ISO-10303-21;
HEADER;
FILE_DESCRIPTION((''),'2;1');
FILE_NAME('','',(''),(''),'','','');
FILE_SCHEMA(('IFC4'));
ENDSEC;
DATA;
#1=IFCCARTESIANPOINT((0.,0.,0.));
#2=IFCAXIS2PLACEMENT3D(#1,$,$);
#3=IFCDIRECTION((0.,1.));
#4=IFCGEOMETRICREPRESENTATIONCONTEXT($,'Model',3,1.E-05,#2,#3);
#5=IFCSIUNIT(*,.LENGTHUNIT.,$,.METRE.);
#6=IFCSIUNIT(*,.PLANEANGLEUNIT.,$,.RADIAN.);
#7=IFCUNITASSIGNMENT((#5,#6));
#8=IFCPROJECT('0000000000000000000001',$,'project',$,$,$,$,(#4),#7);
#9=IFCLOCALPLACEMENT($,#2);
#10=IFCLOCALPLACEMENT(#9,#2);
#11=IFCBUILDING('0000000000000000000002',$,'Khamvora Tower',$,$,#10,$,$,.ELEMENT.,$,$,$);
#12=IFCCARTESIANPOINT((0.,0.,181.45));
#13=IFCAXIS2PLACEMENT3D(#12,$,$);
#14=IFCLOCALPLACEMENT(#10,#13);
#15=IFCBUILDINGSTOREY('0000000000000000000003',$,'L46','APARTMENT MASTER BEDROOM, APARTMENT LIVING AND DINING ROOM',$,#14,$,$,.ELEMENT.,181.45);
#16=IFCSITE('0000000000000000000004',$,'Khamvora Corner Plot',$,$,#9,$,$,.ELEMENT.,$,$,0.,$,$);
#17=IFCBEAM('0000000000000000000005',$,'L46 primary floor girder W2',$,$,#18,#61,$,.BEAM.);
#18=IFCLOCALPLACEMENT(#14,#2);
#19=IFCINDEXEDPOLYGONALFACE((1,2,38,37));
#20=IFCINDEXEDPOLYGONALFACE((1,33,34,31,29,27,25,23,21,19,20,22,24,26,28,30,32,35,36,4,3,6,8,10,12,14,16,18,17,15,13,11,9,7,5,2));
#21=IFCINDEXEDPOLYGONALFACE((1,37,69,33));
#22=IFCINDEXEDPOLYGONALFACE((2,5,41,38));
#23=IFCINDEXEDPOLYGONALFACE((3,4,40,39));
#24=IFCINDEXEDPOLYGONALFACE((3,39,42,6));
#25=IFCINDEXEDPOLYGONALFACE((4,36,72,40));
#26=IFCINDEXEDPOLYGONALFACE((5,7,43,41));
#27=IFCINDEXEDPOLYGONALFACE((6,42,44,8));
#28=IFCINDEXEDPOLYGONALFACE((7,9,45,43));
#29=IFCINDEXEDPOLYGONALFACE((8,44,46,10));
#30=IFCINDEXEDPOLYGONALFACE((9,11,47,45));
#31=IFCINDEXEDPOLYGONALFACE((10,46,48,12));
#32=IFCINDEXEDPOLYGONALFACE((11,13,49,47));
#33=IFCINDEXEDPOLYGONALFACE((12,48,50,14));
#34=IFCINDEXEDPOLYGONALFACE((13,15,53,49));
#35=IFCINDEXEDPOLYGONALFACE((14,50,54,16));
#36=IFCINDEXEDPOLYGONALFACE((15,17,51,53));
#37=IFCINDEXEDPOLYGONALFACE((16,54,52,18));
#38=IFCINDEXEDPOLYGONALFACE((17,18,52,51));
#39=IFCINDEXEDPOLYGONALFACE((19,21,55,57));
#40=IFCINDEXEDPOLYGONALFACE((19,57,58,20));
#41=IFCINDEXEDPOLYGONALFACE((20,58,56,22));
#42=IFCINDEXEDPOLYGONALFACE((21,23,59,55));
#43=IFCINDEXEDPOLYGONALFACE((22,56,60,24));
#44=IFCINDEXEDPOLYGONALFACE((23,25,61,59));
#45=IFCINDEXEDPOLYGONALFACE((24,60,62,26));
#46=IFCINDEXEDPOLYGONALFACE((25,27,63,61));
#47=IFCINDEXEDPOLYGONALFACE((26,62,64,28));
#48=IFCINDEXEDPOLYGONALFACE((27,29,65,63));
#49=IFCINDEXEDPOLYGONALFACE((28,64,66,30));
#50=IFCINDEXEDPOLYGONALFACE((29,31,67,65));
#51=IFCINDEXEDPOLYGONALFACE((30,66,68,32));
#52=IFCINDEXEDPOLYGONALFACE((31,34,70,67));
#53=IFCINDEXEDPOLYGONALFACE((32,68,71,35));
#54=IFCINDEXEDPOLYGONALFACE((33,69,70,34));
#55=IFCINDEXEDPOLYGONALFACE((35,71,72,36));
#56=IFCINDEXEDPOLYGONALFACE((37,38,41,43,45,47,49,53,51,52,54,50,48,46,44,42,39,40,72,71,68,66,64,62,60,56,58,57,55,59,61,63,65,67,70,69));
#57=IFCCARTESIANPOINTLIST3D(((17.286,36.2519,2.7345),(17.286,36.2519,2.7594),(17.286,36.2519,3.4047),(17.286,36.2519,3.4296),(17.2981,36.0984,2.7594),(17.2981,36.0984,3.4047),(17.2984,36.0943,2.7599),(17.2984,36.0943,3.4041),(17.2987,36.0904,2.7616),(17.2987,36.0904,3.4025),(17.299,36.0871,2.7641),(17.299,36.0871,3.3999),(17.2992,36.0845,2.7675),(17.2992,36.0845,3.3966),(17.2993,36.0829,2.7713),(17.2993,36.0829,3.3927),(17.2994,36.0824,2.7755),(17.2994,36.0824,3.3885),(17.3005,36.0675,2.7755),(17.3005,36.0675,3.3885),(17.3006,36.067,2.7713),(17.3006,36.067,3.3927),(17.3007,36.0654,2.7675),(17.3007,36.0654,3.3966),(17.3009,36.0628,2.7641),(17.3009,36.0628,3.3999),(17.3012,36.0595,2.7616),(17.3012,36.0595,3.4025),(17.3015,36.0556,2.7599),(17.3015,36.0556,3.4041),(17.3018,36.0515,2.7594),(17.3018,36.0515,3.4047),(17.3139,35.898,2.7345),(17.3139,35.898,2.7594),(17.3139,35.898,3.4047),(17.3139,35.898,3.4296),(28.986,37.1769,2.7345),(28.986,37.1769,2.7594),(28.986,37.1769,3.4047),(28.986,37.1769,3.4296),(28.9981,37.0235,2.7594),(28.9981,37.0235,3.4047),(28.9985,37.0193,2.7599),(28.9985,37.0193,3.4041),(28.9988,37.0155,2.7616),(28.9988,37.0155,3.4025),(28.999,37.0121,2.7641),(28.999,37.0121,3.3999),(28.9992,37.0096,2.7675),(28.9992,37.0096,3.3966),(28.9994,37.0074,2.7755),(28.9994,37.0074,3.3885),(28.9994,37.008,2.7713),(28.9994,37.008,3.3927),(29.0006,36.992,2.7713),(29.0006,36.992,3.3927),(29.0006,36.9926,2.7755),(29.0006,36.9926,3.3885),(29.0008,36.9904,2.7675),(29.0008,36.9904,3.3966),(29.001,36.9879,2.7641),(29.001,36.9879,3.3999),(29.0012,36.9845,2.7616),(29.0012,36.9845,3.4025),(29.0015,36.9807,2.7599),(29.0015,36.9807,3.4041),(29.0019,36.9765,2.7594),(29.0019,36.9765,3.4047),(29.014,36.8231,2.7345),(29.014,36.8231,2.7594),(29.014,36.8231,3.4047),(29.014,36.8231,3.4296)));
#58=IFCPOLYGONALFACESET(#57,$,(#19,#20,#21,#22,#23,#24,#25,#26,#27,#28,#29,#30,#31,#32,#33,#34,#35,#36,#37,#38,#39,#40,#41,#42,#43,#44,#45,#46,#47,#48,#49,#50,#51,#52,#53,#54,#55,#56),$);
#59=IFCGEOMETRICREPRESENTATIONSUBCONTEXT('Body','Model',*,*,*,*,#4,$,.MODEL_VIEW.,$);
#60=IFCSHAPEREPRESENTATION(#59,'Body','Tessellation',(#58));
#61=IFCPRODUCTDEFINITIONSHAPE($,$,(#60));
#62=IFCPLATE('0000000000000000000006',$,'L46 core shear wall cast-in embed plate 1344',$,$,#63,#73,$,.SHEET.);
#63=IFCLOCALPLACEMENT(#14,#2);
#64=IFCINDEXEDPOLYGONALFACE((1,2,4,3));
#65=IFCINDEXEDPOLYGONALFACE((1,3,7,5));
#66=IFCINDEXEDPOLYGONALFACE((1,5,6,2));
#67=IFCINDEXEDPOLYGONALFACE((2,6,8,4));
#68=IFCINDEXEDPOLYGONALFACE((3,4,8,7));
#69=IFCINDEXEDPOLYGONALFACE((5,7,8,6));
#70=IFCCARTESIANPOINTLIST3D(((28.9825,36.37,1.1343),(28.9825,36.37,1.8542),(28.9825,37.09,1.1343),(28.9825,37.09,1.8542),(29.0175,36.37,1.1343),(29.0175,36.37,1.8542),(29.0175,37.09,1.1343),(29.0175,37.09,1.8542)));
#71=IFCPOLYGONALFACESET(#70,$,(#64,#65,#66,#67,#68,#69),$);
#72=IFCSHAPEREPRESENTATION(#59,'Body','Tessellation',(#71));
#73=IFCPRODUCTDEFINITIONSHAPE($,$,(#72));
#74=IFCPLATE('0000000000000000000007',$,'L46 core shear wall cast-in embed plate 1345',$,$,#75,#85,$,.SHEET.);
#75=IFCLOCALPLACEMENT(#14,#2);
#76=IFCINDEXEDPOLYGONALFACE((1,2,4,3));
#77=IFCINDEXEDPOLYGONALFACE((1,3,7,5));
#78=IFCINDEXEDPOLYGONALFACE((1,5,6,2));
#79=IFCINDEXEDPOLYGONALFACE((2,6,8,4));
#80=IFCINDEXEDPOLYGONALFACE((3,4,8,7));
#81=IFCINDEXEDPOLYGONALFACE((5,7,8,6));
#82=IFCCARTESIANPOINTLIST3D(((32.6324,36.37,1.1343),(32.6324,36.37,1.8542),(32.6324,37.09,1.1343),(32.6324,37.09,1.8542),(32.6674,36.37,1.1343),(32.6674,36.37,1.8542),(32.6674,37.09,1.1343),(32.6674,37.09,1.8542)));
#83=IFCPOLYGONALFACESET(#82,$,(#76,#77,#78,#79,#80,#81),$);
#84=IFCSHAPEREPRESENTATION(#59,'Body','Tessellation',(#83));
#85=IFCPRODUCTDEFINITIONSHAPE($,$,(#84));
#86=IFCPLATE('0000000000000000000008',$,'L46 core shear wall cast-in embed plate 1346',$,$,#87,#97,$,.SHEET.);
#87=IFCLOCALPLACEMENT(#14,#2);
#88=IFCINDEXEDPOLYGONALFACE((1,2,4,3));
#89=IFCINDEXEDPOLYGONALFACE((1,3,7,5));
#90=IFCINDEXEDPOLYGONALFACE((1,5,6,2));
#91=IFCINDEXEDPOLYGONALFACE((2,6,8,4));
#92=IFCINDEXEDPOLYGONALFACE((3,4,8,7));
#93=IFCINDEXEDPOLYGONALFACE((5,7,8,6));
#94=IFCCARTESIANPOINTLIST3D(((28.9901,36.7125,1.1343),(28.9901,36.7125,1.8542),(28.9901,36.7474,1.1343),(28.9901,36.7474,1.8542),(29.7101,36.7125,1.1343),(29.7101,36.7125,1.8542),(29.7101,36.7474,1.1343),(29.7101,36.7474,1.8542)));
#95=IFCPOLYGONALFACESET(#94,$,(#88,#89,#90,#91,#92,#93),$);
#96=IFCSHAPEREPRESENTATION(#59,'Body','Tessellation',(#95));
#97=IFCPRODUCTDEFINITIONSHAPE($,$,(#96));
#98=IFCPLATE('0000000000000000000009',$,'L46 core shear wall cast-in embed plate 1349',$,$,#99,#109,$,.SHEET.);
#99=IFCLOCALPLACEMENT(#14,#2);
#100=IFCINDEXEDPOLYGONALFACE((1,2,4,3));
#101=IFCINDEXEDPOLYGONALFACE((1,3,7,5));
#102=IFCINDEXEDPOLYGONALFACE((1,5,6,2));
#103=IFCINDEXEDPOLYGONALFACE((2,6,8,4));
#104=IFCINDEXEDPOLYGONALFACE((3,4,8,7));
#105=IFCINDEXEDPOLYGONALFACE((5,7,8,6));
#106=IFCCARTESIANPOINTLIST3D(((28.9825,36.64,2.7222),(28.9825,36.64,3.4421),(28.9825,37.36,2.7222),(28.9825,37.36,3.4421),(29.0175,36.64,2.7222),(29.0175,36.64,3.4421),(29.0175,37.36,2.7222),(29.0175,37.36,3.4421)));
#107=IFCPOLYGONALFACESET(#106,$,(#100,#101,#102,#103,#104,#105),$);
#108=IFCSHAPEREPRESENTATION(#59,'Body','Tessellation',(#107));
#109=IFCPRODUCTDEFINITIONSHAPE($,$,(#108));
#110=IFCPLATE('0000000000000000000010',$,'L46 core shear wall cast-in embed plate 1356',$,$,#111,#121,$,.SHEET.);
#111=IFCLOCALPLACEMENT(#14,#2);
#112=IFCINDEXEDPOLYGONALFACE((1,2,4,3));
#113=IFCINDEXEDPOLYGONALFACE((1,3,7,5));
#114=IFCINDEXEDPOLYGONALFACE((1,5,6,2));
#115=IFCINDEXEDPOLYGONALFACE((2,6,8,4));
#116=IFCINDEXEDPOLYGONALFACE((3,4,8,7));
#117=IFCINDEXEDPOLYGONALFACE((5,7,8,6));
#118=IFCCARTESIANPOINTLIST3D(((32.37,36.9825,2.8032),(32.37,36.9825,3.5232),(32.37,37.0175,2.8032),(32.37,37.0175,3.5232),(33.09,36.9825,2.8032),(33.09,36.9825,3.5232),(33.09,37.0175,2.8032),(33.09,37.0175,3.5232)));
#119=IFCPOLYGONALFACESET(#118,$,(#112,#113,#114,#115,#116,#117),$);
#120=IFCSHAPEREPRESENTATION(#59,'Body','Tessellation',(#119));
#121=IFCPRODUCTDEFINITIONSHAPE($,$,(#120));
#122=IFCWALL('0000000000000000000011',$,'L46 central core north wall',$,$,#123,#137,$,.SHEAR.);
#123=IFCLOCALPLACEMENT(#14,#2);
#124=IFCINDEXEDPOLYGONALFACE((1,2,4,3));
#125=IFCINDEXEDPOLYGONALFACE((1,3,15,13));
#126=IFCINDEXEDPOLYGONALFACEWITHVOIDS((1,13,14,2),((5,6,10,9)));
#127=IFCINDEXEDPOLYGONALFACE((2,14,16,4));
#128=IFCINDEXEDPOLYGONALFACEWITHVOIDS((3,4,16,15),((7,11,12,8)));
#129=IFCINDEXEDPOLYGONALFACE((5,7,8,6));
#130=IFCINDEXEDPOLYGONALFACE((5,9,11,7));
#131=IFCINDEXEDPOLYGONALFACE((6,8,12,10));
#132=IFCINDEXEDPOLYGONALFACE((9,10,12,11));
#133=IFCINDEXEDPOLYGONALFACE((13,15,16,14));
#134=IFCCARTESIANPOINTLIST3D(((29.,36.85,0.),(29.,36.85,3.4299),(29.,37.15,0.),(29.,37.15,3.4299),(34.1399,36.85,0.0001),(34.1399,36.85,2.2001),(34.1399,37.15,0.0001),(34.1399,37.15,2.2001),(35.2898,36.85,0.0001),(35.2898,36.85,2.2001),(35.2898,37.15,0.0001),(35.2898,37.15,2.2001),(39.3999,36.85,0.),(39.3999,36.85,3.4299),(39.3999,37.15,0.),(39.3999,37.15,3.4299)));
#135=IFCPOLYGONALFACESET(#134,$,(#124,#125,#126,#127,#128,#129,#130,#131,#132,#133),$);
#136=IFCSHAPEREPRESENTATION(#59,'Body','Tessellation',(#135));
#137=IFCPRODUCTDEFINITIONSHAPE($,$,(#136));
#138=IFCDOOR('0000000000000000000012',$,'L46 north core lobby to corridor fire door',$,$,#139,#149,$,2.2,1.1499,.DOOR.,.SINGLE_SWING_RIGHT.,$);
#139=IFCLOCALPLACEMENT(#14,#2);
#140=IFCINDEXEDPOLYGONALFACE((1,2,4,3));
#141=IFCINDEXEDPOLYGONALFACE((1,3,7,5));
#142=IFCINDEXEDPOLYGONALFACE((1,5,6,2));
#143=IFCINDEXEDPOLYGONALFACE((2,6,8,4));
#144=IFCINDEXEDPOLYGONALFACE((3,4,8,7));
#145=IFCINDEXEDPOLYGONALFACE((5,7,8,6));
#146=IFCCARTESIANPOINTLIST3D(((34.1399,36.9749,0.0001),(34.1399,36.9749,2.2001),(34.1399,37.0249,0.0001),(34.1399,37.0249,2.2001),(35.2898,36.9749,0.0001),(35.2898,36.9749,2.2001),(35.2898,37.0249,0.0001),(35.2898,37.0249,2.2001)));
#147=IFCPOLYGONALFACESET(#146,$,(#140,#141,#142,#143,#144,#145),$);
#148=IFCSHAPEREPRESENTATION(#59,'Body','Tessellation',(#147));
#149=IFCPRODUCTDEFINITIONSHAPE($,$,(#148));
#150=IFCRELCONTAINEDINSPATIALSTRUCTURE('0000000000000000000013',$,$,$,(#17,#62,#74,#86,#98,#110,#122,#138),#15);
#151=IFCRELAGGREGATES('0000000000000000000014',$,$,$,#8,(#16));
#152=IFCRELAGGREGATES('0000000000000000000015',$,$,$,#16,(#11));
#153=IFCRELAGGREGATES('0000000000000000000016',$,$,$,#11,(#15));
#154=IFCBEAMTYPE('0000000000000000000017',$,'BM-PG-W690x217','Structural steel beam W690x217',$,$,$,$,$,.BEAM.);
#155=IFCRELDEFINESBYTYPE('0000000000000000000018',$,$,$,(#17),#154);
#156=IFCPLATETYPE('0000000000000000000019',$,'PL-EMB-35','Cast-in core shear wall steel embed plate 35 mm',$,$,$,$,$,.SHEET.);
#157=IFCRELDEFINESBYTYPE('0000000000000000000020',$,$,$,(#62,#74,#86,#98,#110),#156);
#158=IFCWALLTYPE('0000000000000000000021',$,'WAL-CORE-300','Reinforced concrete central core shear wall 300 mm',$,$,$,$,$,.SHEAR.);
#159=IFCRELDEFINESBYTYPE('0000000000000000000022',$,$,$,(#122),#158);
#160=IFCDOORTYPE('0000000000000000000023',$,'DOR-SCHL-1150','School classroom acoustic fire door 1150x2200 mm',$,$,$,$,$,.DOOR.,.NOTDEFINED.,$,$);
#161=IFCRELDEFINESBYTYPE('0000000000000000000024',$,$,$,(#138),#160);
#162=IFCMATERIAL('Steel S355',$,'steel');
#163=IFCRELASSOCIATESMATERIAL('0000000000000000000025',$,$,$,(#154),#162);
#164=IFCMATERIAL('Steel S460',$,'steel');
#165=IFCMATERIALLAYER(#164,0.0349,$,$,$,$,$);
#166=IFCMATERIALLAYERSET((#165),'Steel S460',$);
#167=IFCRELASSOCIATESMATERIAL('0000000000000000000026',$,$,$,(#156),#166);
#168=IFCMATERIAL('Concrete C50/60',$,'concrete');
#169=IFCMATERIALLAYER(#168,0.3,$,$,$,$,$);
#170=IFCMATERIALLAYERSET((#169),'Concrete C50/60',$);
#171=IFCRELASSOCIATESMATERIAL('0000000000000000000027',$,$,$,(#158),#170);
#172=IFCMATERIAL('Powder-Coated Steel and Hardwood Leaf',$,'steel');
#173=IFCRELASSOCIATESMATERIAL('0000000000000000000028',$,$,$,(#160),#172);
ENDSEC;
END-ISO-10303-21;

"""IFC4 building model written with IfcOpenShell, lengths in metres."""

from ifc_helpers import new_model, si_unit, direction, frame, frame_2d, origin, origin_2d, place, context, subcontext, project, spatial, rectangle, i_section, extrude, material, layer, layer_set, material_profile, profile_set, type_object, element, fill, save


model = new_model("IFC4")

# Units and contexts
model_context = context("Model", 3, precision=1e-05, world=origin(), true_north=direction((0.0, 1.0)))
body_context = subcontext(model_context, "Body", "Model", "MODEL_VIEW")
ifc_project = project(units=[si_unit("LENGTHUNIT", "METRE"), si_unit("PLANEANGLEUNIT", "RADIAN")], contexts=[model_context])

# Site, building, storey
site_placement = place(None, origin())
site = spatial("IfcSite", under=ifc_project, at=site_placement, Name="Khamvora Corner Plot", CompositionType="ELEMENT", RefElevation=0.0)
building_placement = place(site_placement, origin())
building = spatial("IfcBuilding", under=site, at=building_placement, Name="Khamvora Tower", CompositionType="ELEMENT")
storey_placement = place(building_placement, frame((0.0, 0.0, 181.45)))
storey = spatial("IfcBuildingStorey", under=building, at=storey_placement, Name="L46", Description="APARTMENT MASTER BEDROOM, APARTMENT LIVING AND DINING ROOM", CompositionType="ELEMENT", Elevation=181.45)

# Shared definitions
ifc_material_1 = material(Name="Steel S460", Category="steel")

# Beam
ifc_material_2 = material(Name="Steel S355", Category="steel")
ifc_material_profile_1 = material_profile(ifc_material_2, i_section(OverallWidth=0.355, OverallDepth=0.6951, WebThickness=0.0149, FlangeThickness=0.0249, FilletRadius=0.0161, at=origin_2d()), Name="W690x217")
ifc_profile_set_1 = profile_set([ifc_material_profile_1], Name="Steel S355")
beam_type_1 = type_object("IfcBeamType", Name="BM-PG-W690x217", Description="Structural steel beam W690x217", PredefinedType="BEAM", material=ifc_profile_set_1)
beam_1_placement = place(storey_placement, frame((29.0, 37.0, 3.082), z_axis=(-0.996889, -0.078818, 0.0), x_axis=(0.078818, -0.996889, 0.0)))
element("IfcBeam", 1, at=beam_1_placement, inside=storey, type_object=beam_type_1, Name="L46 primary floor girder W2", PredefinedType="BEAM", context=body_context, shape_type="SweptSolid", body=[
    extrude(i_section(OverallWidth=0.355, OverallDepth=0.6951, WebThickness=0.0149, FlangeThickness=0.0249, FilletRadius=0.0161, at=origin_2d()), origin(), (0.0, 0.0, 1.0), 11.7366),
])

# Plates
ifc_layer_1 = layer(ifc_material_1, 0.0349)
ifc_layer_set_1 = layer_set([ifc_layer_1], Name="Steel S460")
plate_type = type_object("IfcPlateType", Name="PL-EMB-35", Description="Cast-in core shear wall steel embed plate 35 mm", PredefinedType="SHEET", material=ifc_layer_set_1)
for number, where, z_axis, x_axis, name in (
    (2, (29.0, 36.73, 1.1343), (0.0, 0.0, 1.0), (1.0, 0.0, 0.0), "L46 core shear wall cast-in embed plate 1344"),
    (3, (32.6499, 36.73, 1.1343), (0.0, 0.0, 1.0), (1.0, 0.0, 0.0), "L46 core shear wall cast-in embed plate 1345"),
):
    element("IfcPlate", number, at=place(storey_placement, frame(where, z_axis=z_axis, x_axis=x_axis)), inside=storey, type_object=plate_type, Name=name, PredefinedType="SHEET", context=body_context, shape_type="SweptSolid", body=[
        extrude(rectangle(XDim=0.0349, YDim=0.72, at=origin_2d()), origin(), (0.0, 0.0, 1.0), 0.72),
    ])
plate_1_placement = place(storey_placement, frame((29.3501, 36.73, 1.1343), z_axis=(0.0, 0.0, 1.0), x_axis=(1.0, 0.0, 0.0)))
element("IfcPlate", 4, at=plate_1_placement, inside=storey, type_object=plate_type, Name="L46 core shear wall cast-in embed plate 1346", PredefinedType="SHEET", context=body_context, shape_type="SweptSolid", body=[
    extrude(rectangle(XDim=0.72, YDim=0.0349, at=origin_2d()), origin(), (0.0, 0.0, 1.0), 0.72),
])
plate_2_placement = place(storey_placement, frame((29.0, 37.0, 2.7222), z_axis=(0.0, 0.0, 1.0), x_axis=(1.0, 0.0, 0.0)))
element("IfcPlate", 5, at=plate_2_placement, inside=storey, type_object=plate_type, Name="L46 core shear wall cast-in embed plate 1349", PredefinedType="SHEET", context=body_context, shape_type="SweptSolid", body=[
    extrude(rectangle(XDim=0.0349, YDim=0.72, at=origin_2d()), origin(), (0.0, 0.0, 1.0), 0.72),
])
plate_3_placement = place(storey_placement, frame((32.73, 37.0, 2.8032), z_axis=(0.0, 0.0, 1.0), x_axis=(1.0, 0.0, 0.0)))
element("IfcPlate", 6, at=plate_3_placement, inside=storey, type_object=plate_type, Name="L46 core shear wall cast-in embed plate 1356", PredefinedType="SHEET", context=body_context, shape_type="SweptSolid", body=[
    extrude(rectangle(XDim=0.72, YDim=0.0349, at=origin_2d()), origin(), (0.0, 0.0, 1.0), 0.72),
])

# Wall, opening, door
ifc_material_3 = material(Name="Concrete C50/60", Category="concrete")
ifc_layer_2 = layer(ifc_material_3, 0.3)
ifc_layer_set_2 = layer_set([ifc_layer_2], Name="Concrete C50/60")
wall_type = type_object("IfcWallType", Name="WAL-CORE-300", Description="Reinforced concrete central core shear wall 300 mm", PredefinedType="SHEAR", material=ifc_layer_set_2)
wall_placement = place(storey_placement, frame((29.0, 37.0, 0.0), z_axis=(0.0, 0.0, 1.0), x_axis=(1.0, 0.0, 0.0)))
wall = element("IfcWall", 7, at=wall_placement, inside=storey, type_object=wall_type, Name="L46 central core north wall", PredefinedType="SHEAR", context=body_context, shape_type="SweptSolid", body=[
    extrude(rectangle(XDim=10.3999, YDim=0.3, at=frame_2d((5.2, 0.0))), origin(), (0.0, 0.0, 1.0), 3.4299),
])
opening_placement = place(wall_placement, frame((5.1399, 0.0, 0.0)))
opening = element("IfcOpeningElement", 8, at=opening_placement, cuts=wall, PredefinedType="OPENING", context=body_context, shape_type="SweptSolid", body=[
    extrude(rectangle(XDim=1.1499, YDim=2.2, at=frame_2d((0.575, 1.1001))), frame((0.0, 0.1599, 0.0), z_axis=(0.0, -1.0, 0.0), x_axis=(1.0, 0.0, 0.0)), (0.0, 0.0, 1.0), 0.3201),
])
ifc_material_4 = material(Name="Powder-Coated Steel and Hardwood Leaf", Category="steel")
door_type = type_object("IfcDoorType", Name="DOR-SCHL-1150", Description="School classroom acoustic fire door 1150x2200 mm", OperationType="NOTDEFINED", PredefinedType="DOOR", material=ifc_material_4)
door_placement = place(opening_placement, origin())
door = element("IfcDoor", 9, at=door_placement, inside=storey, type_object=door_type, Name="L46 north core lobby to corridor fire door", OperationType="SINGLE_SWING_RIGHT", OverallHeight=2.2, OverallWidth=1.1499, PredefinedType="DOOR", context=body_context, shape_type="SweptSolid", body=[
    extrude(rectangle(XDim=1.1499, YDim=2.2, at=frame_2d((0.575, 1.1001))), frame((0.0, 0.0249, 0.0), z_axis=(0.0, -1.0, 0.0), x_axis=(1.0, 0.0, 0.0)), (0.0, 0.0, 1.0), 0.05),
])
fill(opening, door)

save(model, "model.ifc")
